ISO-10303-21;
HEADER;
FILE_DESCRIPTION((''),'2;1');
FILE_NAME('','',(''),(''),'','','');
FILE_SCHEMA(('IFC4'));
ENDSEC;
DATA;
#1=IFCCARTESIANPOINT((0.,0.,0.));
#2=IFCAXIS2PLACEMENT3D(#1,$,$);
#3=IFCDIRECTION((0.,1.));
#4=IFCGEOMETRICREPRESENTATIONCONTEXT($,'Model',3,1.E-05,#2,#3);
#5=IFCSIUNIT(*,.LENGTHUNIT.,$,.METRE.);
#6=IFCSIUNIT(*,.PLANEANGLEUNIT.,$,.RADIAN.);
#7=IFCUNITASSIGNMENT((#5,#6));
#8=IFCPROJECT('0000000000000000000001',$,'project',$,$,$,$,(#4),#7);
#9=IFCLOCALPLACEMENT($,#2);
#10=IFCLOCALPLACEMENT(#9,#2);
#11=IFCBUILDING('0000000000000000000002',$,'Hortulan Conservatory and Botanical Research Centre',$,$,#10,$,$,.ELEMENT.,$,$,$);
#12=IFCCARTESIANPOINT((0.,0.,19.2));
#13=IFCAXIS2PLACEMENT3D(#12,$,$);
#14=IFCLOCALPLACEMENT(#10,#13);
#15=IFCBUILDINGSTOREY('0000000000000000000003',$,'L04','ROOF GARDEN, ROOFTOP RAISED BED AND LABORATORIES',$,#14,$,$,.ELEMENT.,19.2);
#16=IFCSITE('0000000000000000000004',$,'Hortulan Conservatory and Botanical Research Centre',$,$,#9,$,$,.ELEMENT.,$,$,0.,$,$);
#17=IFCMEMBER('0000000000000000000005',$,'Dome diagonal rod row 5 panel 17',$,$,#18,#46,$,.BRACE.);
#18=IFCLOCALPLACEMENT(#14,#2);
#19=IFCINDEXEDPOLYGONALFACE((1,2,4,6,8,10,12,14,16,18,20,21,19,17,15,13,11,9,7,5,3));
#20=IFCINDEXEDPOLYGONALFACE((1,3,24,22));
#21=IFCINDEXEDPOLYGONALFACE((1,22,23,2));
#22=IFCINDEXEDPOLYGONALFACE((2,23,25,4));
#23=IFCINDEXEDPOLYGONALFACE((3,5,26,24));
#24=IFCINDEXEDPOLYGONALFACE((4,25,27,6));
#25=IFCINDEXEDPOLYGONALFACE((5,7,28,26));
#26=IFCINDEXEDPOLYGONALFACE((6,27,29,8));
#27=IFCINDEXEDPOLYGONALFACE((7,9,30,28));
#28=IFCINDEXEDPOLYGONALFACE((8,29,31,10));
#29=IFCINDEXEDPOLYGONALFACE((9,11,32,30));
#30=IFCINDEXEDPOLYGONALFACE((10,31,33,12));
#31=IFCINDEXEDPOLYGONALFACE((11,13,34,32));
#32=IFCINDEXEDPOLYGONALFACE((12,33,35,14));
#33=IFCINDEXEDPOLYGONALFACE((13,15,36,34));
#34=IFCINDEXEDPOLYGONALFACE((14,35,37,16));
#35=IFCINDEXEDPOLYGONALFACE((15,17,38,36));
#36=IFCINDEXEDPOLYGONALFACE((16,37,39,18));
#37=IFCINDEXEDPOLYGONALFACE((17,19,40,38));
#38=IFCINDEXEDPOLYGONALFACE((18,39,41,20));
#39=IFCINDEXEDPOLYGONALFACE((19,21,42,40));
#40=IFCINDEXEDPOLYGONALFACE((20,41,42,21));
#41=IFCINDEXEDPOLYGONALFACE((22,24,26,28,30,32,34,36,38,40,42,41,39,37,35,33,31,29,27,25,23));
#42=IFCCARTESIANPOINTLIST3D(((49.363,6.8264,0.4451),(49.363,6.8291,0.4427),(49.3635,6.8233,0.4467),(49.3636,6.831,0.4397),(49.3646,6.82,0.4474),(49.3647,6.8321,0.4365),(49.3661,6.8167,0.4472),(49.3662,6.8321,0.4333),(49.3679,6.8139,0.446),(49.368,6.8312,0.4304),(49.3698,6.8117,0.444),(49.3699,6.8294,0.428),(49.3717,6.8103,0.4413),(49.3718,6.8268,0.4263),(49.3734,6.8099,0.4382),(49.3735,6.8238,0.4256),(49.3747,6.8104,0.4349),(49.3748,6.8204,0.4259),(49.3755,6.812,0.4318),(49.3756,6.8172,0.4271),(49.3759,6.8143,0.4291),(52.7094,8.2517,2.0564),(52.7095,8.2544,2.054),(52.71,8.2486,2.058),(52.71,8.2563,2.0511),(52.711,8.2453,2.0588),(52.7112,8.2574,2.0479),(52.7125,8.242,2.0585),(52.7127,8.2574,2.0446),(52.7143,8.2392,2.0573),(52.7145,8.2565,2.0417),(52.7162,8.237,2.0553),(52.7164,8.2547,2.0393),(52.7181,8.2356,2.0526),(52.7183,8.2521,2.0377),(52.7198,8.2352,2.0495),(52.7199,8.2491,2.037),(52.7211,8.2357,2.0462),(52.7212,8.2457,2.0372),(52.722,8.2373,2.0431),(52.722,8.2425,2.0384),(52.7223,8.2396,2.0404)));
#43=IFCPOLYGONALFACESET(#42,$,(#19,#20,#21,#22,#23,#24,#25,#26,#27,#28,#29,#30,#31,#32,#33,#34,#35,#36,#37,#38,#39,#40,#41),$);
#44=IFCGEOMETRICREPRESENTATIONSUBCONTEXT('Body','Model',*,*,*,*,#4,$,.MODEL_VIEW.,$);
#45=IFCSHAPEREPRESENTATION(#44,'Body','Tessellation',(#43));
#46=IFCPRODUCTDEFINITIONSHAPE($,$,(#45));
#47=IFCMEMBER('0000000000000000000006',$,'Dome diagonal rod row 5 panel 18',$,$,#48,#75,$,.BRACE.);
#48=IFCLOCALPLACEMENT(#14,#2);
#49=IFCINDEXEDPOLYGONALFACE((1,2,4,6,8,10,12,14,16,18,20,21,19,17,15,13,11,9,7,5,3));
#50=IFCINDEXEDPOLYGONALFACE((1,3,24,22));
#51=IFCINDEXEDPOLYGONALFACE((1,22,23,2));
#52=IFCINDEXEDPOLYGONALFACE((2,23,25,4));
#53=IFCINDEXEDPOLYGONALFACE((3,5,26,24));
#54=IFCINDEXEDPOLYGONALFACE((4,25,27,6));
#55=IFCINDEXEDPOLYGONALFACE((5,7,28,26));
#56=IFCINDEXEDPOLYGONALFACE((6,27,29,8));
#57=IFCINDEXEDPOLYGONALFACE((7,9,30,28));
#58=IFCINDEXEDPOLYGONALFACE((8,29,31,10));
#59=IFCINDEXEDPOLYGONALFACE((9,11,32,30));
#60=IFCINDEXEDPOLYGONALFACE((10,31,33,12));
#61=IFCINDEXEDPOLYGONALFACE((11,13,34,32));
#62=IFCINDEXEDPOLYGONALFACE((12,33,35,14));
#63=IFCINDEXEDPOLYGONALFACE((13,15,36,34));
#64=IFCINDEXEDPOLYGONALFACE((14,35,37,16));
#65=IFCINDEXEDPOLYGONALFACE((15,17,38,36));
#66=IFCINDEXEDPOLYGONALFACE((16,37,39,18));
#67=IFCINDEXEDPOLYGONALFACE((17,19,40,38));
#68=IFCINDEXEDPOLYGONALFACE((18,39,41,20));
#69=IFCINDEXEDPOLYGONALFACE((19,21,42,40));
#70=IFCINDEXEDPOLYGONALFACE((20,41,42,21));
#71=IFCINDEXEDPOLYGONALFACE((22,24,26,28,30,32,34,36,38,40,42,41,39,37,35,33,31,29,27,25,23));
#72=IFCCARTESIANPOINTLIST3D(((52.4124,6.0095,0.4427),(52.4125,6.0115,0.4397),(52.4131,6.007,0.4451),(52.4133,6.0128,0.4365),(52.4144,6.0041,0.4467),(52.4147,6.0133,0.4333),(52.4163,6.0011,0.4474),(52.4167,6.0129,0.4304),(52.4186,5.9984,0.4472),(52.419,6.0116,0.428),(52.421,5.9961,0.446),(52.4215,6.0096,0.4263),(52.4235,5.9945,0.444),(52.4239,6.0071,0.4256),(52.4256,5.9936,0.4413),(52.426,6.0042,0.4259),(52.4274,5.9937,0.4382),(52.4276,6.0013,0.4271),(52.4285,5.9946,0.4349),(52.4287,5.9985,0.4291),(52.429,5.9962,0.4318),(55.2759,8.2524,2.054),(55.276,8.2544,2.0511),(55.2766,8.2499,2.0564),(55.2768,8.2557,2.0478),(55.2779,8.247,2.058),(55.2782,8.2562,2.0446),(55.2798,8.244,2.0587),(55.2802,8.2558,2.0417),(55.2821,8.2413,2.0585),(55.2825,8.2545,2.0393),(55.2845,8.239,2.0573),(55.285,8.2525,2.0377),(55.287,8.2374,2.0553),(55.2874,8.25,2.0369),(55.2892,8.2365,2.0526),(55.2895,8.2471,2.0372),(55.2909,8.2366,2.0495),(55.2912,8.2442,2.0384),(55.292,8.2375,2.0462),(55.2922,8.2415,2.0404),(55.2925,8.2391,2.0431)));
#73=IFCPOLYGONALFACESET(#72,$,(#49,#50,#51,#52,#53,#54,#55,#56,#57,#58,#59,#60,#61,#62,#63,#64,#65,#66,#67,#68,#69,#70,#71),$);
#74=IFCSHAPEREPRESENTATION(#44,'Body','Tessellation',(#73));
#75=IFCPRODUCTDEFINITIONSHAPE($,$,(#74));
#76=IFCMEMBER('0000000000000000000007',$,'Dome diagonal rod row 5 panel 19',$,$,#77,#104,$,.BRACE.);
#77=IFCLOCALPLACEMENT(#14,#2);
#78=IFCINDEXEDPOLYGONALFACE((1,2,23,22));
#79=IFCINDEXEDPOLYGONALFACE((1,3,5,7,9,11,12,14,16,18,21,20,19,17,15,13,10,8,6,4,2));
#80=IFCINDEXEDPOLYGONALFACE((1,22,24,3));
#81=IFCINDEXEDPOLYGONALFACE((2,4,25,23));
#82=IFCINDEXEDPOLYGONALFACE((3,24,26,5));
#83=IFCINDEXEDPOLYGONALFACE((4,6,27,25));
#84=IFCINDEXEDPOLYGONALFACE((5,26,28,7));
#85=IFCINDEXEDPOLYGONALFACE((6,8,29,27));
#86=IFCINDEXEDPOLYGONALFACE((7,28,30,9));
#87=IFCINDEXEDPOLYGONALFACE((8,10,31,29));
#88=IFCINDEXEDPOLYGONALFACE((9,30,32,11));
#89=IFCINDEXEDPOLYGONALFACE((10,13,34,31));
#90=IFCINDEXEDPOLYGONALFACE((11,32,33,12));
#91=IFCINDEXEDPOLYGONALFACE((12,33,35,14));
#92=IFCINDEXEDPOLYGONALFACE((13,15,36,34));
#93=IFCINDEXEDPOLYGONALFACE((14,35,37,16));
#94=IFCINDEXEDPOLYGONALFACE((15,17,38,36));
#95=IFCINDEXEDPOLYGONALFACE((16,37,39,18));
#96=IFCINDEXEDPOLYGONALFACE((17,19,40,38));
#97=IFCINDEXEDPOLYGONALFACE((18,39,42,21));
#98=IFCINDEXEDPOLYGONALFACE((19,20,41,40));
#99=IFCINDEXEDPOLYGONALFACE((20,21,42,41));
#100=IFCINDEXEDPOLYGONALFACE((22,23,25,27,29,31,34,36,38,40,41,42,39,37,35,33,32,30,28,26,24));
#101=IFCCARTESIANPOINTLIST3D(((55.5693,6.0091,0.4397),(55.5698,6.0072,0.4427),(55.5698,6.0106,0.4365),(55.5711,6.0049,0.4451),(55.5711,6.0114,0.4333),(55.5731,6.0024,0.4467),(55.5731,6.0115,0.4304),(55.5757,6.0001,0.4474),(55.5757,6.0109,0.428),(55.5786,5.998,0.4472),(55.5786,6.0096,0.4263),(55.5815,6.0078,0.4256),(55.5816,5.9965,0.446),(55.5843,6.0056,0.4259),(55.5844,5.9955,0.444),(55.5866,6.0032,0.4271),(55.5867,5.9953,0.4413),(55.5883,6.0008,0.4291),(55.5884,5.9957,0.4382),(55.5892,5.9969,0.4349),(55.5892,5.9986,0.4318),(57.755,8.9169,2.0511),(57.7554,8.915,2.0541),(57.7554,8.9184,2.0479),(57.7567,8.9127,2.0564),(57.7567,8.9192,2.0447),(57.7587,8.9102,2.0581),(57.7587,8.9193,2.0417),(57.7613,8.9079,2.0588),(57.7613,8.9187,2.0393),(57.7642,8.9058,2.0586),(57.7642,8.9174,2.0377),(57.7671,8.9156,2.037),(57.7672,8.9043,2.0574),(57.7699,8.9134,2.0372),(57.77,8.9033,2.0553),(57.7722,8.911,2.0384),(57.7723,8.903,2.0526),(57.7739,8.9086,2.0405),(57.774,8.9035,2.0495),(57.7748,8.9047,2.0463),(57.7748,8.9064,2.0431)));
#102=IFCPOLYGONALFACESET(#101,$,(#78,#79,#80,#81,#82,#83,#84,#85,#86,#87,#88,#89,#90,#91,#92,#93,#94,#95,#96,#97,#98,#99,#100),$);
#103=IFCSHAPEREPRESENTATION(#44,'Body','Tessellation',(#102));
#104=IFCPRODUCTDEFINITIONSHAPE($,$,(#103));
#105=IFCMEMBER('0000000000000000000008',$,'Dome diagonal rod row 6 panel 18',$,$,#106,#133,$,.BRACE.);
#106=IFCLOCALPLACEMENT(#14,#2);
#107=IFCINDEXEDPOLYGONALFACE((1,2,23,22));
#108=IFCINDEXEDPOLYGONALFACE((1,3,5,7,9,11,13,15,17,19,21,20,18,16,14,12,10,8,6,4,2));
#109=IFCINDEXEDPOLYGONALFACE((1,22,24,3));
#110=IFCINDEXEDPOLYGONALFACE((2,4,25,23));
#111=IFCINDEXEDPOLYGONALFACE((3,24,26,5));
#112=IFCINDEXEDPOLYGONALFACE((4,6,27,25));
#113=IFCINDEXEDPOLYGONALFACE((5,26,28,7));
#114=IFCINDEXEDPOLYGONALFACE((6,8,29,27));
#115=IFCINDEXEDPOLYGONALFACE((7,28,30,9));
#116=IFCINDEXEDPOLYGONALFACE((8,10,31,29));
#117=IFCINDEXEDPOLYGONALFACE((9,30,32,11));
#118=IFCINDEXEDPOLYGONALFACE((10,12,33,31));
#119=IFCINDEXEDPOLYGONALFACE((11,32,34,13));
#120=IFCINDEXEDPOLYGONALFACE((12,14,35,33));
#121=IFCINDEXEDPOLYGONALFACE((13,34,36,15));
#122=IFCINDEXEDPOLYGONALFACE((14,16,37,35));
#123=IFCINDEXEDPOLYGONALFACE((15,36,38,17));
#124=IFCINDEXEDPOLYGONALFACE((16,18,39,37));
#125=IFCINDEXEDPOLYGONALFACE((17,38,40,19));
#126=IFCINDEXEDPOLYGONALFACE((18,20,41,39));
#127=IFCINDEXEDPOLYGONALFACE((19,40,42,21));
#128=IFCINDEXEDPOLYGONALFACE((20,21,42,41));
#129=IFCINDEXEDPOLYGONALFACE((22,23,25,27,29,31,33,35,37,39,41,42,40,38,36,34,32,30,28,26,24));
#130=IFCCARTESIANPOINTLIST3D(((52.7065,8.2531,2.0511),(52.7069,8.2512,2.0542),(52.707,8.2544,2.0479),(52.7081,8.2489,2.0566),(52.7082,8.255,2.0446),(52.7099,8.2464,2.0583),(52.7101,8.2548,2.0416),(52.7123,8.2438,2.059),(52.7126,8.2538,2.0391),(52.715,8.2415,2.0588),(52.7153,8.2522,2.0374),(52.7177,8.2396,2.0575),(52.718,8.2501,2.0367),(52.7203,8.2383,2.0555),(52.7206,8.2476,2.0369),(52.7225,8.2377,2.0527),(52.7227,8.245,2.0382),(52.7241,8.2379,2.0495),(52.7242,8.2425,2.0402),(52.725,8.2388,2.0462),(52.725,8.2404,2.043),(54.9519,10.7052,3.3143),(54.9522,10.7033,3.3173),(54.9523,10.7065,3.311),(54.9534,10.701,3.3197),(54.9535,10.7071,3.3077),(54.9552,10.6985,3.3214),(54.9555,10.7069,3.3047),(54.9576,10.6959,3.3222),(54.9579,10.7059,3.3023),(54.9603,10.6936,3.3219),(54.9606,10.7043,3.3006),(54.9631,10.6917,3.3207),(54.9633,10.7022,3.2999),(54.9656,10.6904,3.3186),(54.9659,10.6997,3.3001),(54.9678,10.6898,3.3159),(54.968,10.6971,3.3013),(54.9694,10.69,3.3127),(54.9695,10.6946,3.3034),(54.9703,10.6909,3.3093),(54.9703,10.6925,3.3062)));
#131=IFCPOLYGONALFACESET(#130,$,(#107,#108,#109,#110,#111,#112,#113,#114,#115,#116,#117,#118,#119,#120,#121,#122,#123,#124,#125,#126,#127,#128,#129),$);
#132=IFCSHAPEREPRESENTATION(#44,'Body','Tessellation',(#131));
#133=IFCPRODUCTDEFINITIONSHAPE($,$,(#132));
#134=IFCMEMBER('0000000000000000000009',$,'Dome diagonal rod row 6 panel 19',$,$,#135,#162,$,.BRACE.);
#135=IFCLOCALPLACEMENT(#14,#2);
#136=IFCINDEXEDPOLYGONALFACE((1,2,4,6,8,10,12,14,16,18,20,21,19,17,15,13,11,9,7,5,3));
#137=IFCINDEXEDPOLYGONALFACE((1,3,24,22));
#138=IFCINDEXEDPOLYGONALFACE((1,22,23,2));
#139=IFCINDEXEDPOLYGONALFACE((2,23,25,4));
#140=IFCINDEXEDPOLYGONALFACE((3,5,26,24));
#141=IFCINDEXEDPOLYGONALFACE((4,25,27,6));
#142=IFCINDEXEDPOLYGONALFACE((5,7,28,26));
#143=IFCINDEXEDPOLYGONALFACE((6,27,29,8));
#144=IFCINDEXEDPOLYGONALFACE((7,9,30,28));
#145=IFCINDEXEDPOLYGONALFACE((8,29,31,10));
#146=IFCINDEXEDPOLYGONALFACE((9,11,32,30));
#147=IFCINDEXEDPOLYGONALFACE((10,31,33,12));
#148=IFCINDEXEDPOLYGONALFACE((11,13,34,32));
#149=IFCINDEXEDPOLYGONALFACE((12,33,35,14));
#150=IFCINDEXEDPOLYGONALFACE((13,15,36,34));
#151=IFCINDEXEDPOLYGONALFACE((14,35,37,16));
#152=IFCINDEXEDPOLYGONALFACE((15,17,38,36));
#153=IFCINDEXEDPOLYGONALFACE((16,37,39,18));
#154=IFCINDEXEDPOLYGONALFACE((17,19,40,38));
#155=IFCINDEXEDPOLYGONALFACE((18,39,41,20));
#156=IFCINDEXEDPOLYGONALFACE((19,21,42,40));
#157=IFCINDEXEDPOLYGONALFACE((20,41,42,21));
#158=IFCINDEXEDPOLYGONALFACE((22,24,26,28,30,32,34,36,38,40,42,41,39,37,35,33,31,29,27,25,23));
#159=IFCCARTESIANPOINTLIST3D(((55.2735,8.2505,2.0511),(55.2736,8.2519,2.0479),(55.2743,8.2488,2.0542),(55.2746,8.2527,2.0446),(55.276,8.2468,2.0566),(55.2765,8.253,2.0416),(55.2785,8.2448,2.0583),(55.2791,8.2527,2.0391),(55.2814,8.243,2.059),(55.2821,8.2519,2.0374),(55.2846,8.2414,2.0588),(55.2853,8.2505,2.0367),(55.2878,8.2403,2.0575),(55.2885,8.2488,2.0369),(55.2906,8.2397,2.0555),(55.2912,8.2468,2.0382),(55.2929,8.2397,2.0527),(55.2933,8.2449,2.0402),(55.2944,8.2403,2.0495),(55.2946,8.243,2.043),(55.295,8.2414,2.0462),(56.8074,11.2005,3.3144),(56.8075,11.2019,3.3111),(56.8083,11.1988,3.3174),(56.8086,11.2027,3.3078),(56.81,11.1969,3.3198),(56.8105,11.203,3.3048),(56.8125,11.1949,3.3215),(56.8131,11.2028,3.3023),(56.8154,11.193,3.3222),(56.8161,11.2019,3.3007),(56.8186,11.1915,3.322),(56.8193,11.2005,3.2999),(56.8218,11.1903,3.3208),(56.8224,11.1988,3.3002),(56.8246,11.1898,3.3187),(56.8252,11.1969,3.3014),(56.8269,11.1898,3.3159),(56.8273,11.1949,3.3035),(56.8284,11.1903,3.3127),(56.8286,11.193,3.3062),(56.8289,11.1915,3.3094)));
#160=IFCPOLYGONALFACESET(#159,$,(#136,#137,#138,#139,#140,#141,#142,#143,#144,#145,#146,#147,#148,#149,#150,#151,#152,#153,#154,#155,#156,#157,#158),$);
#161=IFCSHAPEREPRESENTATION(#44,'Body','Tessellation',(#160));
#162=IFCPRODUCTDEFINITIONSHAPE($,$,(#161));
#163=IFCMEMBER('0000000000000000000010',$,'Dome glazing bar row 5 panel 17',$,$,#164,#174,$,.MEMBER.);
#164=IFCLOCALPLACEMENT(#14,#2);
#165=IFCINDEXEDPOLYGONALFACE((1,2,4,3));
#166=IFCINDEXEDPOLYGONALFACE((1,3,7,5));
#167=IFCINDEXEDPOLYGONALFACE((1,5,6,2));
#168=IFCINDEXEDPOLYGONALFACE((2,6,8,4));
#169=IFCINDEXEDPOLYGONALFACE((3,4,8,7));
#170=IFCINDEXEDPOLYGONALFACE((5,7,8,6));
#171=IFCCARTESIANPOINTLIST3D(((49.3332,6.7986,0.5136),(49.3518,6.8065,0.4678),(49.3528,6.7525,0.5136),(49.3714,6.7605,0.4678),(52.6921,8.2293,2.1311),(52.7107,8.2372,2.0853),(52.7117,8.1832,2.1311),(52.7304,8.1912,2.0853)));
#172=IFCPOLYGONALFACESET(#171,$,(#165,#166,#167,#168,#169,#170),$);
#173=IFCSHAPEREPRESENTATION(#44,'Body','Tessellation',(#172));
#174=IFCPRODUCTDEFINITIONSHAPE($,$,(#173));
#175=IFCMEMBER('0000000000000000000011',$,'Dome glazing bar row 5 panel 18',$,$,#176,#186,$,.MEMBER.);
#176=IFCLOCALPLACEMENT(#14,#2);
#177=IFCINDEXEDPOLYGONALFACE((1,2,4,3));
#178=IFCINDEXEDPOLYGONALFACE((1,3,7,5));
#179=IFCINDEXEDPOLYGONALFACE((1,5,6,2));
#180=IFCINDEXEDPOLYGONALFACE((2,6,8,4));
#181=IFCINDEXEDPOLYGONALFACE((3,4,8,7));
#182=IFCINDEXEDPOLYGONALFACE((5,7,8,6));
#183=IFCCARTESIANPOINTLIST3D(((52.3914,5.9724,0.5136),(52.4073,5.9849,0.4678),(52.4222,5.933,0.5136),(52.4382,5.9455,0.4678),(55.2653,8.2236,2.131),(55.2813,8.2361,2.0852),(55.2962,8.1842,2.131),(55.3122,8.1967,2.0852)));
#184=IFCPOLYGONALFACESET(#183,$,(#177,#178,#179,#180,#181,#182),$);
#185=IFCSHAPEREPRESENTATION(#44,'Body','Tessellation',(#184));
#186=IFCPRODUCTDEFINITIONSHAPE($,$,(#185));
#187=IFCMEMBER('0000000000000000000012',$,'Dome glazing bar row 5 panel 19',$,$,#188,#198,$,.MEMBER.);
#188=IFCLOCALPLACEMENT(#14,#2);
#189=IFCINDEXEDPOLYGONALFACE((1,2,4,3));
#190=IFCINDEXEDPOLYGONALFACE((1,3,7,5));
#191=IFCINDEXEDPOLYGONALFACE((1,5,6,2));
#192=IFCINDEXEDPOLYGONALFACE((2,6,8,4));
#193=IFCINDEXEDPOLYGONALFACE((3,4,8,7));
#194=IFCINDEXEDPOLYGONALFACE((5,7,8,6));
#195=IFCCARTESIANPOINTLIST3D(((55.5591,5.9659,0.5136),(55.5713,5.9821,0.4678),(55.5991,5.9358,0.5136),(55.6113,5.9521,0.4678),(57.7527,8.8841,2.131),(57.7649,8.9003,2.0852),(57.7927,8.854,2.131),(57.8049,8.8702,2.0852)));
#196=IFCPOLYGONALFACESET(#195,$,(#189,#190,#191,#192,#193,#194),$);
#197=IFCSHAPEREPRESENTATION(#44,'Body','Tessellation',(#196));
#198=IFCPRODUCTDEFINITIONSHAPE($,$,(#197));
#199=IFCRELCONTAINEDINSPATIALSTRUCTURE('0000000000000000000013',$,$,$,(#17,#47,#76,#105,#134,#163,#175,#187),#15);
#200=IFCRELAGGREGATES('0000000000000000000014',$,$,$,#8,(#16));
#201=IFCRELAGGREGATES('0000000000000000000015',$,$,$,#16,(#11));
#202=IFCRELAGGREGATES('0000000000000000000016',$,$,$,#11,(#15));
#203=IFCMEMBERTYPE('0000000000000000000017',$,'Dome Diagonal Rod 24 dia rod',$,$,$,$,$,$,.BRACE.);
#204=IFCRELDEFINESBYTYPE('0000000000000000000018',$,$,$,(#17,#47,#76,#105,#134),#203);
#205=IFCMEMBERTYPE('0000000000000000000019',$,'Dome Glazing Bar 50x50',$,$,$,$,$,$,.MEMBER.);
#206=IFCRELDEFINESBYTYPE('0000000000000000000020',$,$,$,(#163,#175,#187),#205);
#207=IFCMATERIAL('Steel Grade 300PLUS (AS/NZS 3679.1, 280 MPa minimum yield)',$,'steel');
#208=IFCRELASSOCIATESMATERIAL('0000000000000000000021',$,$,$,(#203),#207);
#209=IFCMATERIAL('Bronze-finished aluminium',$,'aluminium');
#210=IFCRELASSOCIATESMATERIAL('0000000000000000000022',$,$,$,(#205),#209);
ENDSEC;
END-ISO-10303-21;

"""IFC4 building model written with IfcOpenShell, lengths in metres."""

from ifc_helpers import new_model, si_unit, direction, frame, origin, origin_2d, place, context, subcontext, project, spatial, rectangle, circle, extrude, material, material_profile, profile_set, type_object, element, save


model = new_model("IFC4")

# Units and contexts
model_context = context("Model", 3, precision=1e-05, world=origin(), true_north=direction((0.0, 1.0)))
body_context = subcontext(model_context, "Body", "Model", "MODEL_VIEW")
ifc_project = project(units=[si_unit("LENGTHUNIT", "METRE"), si_unit("PLANEANGLEUNIT", "RADIAN")], contexts=[model_context])

# Site, building, storey
site_placement = place(None, origin())
site = spatial("IfcSite", under=ifc_project, at=site_placement, Name="Hortulan Conservatory and Botanical Research Centre", CompositionType="ELEMENT", RefElevation=0.0)
building_placement = place(site_placement, origin())
building = spatial("IfcBuilding", under=site, at=building_placement, Name="Hortulan Conservatory and Botanical Research Centre", CompositionType="ELEMENT")
storey_placement = place(building_placement, frame((0.0, 0.0, 19.2)))
storey = spatial("IfcBuildingStorey", under=building, at=storey_placement, Name="L04", Description="ROOF GARDEN, ROOFTOP RAISED BED AND LABORATORIES", CompositionType="ELEMENT", Elevation=19.2)

# Members
ifc_material_1 = material(Name="Steel Grade 300PLUS (AS/NZS 3679.1, 280 MPa minimum yield)", Category="steel")
ifc_material_profile_1 = material_profile(ifc_material_1, circle(Radius=0.012, at=origin_2d()), Name="24 dia rod")
ifc_profile_set_1 = profile_set([ifc_material_profile_1], Name="Steel Grade 300PLUS (AS/NZS 3679.1, 280 MPa minimum yield)")
member_type_1 = type_object("IfcMemberType", Name="Dome Diagonal Rod 24 dia rod", PredefinedType="BRACE", material=ifc_profile_set_1)
for number, where, z_axis, x_axis, name in (
    (1, (49.3694, 6.821, 0.4365), (0.841183, 0.358271, 0.405034), (-0.391853, 0.920028, 0.0), "Dome diagonal rod row 5 panel 17"),
    (2, (52.4207, 6.0034, 0.4365), (0.719787, 0.563789, 0.40503), (-0.616632, 0.787251, 0.0), "Dome diagonal rod row 5 panel 18"),
):
    element("IfcMember", number, at=place(storey_placement, frame(where, z_axis=z_axis, x_axis=x_axis)), inside=storey, type_object=member_type_1, Name=name, PredefinedType="BRACE", context=body_context, shape_type="SweptSolid", body=[
        extrude(circle(Radius=0.012, at=origin_2d()), origin(), (0.0, 0.0, 1.0), 3.9783),
    ])
member_1_placement = place(storey_placement, frame((55.5793, 6.0034, 0.4365), z_axis=(0.549351, 0.730872, 0.405017), x_axis=(-0.799371, 0.600837, 0.0)))
element("IfcMember", 3, at=member_1_placement, inside=storey, type_object=member_type_1, Name="Dome diagonal rod row 5 panel 19", PredefinedType="BRACE", context=body_context, shape_type="SweptSolid", body=[
    extrude(circle(Radius=0.012, at=origin_2d()), origin(), (0.0, 0.0, 1.0), 3.9785),
])
member_2_placement = place(storey_placement, frame((52.7158, 8.2463, 2.0479), z_axis=(0.6313, 0.689439, 0.355153), x_axis=(-0.73752, 0.675326, 0.0)))
element("IfcMember", 4, at=member_2_placement, inside=storey, type_object=member_type_1, Name="Dome diagonal rod row 6 panel 18", PredefinedType="BRACE", context=body_context, shape_type="SweptSolid", body=[
    extrude(circle(Radius=0.012, at=origin_2d()), origin(), (0.0, 0.0, 1.0), 3.5566),
])
member_3_placement = place(storey_placement, frame((55.2842, 8.2463, 2.0479), z_axis=(0.431269, 0.829384, 0.355146), x_axis=(-0.887222, 0.461343, 0.0)))
element("IfcMember", 5, at=member_3_placement, inside=storey, type_object=member_type_1, Name="Dome diagonal rod row 6 panel 19", PredefinedType="BRACE", context=body_context, shape_type="SweptSolid", body=[
    extrude(circle(Radius=0.012, at=origin_2d()), origin(), (0.0, 0.0, 1.0), 3.5569),
])
ifc_material_2 = material(Name="Bronze-finished aluminium", Category="aluminium")
ifc_material_profile_2 = material_profile(ifc_material_2, rectangle(XDim=0.05, YDim=0.05, at=origin_2d()), Name="Square bar 50x50")
ifc_profile_set_2 = profile_set([ifc_material_profile_2], Name="Bronze-finished aluminium")
member_type_2 = type_object("IfcMemberType", Name="Dome Glazing Bar 50x50", PredefinedType="MEMBER", material=ifc_profile_set_2)
member_4_placement = place(storey_placement, frame((49.3523, 6.7795, 0.4907), z_axis=(0.841169, 0.358282, 0.405055), x_axis=(-0.391868, 0.920021, 0.0)))
element("IfcMember", 6, at=member_4_placement, inside=storey, type_object=member_type_2, Name="Dome glazing bar row 5 panel 17", PredefinedType="MEMBER", context=body_context, shape_type="SweptSolid", body=[
    extrude(rectangle(XDim=0.05, YDim=0.05, at=origin_2d()), origin(), (0.0, 0.0, 1.0), 3.9932),
])
for number, where, z_axis, x_axis, name in (
    (7, (52.4148, 5.959, 0.4907), (0.719765, 0.563791, 0.405066), (-0.616645, 0.787241, 0.0), "Dome glazing bar row 5 panel 18"),
    (8, (55.5852, 5.959, 0.4907), (0.549364, 0.730834, 0.405068), (-0.79935, 0.600866, 0.0), "Dome glazing bar row 5 panel 19"),
):
    element("IfcMember", number, at=place(storey_placement, frame(where, z_axis=z_axis, x_axis=x_axis)), inside=storey, type_object=member_type_2, Name=name, PredefinedType="MEMBER", context=body_context, shape_type="SweptSolid", body=[
        extrude(rectangle(XDim=0.05, YDim=0.05, at=origin_2d()), origin(), (0.0, 0.0, 1.0), 3.9929),
    ])

save(model, "model.ifc")
